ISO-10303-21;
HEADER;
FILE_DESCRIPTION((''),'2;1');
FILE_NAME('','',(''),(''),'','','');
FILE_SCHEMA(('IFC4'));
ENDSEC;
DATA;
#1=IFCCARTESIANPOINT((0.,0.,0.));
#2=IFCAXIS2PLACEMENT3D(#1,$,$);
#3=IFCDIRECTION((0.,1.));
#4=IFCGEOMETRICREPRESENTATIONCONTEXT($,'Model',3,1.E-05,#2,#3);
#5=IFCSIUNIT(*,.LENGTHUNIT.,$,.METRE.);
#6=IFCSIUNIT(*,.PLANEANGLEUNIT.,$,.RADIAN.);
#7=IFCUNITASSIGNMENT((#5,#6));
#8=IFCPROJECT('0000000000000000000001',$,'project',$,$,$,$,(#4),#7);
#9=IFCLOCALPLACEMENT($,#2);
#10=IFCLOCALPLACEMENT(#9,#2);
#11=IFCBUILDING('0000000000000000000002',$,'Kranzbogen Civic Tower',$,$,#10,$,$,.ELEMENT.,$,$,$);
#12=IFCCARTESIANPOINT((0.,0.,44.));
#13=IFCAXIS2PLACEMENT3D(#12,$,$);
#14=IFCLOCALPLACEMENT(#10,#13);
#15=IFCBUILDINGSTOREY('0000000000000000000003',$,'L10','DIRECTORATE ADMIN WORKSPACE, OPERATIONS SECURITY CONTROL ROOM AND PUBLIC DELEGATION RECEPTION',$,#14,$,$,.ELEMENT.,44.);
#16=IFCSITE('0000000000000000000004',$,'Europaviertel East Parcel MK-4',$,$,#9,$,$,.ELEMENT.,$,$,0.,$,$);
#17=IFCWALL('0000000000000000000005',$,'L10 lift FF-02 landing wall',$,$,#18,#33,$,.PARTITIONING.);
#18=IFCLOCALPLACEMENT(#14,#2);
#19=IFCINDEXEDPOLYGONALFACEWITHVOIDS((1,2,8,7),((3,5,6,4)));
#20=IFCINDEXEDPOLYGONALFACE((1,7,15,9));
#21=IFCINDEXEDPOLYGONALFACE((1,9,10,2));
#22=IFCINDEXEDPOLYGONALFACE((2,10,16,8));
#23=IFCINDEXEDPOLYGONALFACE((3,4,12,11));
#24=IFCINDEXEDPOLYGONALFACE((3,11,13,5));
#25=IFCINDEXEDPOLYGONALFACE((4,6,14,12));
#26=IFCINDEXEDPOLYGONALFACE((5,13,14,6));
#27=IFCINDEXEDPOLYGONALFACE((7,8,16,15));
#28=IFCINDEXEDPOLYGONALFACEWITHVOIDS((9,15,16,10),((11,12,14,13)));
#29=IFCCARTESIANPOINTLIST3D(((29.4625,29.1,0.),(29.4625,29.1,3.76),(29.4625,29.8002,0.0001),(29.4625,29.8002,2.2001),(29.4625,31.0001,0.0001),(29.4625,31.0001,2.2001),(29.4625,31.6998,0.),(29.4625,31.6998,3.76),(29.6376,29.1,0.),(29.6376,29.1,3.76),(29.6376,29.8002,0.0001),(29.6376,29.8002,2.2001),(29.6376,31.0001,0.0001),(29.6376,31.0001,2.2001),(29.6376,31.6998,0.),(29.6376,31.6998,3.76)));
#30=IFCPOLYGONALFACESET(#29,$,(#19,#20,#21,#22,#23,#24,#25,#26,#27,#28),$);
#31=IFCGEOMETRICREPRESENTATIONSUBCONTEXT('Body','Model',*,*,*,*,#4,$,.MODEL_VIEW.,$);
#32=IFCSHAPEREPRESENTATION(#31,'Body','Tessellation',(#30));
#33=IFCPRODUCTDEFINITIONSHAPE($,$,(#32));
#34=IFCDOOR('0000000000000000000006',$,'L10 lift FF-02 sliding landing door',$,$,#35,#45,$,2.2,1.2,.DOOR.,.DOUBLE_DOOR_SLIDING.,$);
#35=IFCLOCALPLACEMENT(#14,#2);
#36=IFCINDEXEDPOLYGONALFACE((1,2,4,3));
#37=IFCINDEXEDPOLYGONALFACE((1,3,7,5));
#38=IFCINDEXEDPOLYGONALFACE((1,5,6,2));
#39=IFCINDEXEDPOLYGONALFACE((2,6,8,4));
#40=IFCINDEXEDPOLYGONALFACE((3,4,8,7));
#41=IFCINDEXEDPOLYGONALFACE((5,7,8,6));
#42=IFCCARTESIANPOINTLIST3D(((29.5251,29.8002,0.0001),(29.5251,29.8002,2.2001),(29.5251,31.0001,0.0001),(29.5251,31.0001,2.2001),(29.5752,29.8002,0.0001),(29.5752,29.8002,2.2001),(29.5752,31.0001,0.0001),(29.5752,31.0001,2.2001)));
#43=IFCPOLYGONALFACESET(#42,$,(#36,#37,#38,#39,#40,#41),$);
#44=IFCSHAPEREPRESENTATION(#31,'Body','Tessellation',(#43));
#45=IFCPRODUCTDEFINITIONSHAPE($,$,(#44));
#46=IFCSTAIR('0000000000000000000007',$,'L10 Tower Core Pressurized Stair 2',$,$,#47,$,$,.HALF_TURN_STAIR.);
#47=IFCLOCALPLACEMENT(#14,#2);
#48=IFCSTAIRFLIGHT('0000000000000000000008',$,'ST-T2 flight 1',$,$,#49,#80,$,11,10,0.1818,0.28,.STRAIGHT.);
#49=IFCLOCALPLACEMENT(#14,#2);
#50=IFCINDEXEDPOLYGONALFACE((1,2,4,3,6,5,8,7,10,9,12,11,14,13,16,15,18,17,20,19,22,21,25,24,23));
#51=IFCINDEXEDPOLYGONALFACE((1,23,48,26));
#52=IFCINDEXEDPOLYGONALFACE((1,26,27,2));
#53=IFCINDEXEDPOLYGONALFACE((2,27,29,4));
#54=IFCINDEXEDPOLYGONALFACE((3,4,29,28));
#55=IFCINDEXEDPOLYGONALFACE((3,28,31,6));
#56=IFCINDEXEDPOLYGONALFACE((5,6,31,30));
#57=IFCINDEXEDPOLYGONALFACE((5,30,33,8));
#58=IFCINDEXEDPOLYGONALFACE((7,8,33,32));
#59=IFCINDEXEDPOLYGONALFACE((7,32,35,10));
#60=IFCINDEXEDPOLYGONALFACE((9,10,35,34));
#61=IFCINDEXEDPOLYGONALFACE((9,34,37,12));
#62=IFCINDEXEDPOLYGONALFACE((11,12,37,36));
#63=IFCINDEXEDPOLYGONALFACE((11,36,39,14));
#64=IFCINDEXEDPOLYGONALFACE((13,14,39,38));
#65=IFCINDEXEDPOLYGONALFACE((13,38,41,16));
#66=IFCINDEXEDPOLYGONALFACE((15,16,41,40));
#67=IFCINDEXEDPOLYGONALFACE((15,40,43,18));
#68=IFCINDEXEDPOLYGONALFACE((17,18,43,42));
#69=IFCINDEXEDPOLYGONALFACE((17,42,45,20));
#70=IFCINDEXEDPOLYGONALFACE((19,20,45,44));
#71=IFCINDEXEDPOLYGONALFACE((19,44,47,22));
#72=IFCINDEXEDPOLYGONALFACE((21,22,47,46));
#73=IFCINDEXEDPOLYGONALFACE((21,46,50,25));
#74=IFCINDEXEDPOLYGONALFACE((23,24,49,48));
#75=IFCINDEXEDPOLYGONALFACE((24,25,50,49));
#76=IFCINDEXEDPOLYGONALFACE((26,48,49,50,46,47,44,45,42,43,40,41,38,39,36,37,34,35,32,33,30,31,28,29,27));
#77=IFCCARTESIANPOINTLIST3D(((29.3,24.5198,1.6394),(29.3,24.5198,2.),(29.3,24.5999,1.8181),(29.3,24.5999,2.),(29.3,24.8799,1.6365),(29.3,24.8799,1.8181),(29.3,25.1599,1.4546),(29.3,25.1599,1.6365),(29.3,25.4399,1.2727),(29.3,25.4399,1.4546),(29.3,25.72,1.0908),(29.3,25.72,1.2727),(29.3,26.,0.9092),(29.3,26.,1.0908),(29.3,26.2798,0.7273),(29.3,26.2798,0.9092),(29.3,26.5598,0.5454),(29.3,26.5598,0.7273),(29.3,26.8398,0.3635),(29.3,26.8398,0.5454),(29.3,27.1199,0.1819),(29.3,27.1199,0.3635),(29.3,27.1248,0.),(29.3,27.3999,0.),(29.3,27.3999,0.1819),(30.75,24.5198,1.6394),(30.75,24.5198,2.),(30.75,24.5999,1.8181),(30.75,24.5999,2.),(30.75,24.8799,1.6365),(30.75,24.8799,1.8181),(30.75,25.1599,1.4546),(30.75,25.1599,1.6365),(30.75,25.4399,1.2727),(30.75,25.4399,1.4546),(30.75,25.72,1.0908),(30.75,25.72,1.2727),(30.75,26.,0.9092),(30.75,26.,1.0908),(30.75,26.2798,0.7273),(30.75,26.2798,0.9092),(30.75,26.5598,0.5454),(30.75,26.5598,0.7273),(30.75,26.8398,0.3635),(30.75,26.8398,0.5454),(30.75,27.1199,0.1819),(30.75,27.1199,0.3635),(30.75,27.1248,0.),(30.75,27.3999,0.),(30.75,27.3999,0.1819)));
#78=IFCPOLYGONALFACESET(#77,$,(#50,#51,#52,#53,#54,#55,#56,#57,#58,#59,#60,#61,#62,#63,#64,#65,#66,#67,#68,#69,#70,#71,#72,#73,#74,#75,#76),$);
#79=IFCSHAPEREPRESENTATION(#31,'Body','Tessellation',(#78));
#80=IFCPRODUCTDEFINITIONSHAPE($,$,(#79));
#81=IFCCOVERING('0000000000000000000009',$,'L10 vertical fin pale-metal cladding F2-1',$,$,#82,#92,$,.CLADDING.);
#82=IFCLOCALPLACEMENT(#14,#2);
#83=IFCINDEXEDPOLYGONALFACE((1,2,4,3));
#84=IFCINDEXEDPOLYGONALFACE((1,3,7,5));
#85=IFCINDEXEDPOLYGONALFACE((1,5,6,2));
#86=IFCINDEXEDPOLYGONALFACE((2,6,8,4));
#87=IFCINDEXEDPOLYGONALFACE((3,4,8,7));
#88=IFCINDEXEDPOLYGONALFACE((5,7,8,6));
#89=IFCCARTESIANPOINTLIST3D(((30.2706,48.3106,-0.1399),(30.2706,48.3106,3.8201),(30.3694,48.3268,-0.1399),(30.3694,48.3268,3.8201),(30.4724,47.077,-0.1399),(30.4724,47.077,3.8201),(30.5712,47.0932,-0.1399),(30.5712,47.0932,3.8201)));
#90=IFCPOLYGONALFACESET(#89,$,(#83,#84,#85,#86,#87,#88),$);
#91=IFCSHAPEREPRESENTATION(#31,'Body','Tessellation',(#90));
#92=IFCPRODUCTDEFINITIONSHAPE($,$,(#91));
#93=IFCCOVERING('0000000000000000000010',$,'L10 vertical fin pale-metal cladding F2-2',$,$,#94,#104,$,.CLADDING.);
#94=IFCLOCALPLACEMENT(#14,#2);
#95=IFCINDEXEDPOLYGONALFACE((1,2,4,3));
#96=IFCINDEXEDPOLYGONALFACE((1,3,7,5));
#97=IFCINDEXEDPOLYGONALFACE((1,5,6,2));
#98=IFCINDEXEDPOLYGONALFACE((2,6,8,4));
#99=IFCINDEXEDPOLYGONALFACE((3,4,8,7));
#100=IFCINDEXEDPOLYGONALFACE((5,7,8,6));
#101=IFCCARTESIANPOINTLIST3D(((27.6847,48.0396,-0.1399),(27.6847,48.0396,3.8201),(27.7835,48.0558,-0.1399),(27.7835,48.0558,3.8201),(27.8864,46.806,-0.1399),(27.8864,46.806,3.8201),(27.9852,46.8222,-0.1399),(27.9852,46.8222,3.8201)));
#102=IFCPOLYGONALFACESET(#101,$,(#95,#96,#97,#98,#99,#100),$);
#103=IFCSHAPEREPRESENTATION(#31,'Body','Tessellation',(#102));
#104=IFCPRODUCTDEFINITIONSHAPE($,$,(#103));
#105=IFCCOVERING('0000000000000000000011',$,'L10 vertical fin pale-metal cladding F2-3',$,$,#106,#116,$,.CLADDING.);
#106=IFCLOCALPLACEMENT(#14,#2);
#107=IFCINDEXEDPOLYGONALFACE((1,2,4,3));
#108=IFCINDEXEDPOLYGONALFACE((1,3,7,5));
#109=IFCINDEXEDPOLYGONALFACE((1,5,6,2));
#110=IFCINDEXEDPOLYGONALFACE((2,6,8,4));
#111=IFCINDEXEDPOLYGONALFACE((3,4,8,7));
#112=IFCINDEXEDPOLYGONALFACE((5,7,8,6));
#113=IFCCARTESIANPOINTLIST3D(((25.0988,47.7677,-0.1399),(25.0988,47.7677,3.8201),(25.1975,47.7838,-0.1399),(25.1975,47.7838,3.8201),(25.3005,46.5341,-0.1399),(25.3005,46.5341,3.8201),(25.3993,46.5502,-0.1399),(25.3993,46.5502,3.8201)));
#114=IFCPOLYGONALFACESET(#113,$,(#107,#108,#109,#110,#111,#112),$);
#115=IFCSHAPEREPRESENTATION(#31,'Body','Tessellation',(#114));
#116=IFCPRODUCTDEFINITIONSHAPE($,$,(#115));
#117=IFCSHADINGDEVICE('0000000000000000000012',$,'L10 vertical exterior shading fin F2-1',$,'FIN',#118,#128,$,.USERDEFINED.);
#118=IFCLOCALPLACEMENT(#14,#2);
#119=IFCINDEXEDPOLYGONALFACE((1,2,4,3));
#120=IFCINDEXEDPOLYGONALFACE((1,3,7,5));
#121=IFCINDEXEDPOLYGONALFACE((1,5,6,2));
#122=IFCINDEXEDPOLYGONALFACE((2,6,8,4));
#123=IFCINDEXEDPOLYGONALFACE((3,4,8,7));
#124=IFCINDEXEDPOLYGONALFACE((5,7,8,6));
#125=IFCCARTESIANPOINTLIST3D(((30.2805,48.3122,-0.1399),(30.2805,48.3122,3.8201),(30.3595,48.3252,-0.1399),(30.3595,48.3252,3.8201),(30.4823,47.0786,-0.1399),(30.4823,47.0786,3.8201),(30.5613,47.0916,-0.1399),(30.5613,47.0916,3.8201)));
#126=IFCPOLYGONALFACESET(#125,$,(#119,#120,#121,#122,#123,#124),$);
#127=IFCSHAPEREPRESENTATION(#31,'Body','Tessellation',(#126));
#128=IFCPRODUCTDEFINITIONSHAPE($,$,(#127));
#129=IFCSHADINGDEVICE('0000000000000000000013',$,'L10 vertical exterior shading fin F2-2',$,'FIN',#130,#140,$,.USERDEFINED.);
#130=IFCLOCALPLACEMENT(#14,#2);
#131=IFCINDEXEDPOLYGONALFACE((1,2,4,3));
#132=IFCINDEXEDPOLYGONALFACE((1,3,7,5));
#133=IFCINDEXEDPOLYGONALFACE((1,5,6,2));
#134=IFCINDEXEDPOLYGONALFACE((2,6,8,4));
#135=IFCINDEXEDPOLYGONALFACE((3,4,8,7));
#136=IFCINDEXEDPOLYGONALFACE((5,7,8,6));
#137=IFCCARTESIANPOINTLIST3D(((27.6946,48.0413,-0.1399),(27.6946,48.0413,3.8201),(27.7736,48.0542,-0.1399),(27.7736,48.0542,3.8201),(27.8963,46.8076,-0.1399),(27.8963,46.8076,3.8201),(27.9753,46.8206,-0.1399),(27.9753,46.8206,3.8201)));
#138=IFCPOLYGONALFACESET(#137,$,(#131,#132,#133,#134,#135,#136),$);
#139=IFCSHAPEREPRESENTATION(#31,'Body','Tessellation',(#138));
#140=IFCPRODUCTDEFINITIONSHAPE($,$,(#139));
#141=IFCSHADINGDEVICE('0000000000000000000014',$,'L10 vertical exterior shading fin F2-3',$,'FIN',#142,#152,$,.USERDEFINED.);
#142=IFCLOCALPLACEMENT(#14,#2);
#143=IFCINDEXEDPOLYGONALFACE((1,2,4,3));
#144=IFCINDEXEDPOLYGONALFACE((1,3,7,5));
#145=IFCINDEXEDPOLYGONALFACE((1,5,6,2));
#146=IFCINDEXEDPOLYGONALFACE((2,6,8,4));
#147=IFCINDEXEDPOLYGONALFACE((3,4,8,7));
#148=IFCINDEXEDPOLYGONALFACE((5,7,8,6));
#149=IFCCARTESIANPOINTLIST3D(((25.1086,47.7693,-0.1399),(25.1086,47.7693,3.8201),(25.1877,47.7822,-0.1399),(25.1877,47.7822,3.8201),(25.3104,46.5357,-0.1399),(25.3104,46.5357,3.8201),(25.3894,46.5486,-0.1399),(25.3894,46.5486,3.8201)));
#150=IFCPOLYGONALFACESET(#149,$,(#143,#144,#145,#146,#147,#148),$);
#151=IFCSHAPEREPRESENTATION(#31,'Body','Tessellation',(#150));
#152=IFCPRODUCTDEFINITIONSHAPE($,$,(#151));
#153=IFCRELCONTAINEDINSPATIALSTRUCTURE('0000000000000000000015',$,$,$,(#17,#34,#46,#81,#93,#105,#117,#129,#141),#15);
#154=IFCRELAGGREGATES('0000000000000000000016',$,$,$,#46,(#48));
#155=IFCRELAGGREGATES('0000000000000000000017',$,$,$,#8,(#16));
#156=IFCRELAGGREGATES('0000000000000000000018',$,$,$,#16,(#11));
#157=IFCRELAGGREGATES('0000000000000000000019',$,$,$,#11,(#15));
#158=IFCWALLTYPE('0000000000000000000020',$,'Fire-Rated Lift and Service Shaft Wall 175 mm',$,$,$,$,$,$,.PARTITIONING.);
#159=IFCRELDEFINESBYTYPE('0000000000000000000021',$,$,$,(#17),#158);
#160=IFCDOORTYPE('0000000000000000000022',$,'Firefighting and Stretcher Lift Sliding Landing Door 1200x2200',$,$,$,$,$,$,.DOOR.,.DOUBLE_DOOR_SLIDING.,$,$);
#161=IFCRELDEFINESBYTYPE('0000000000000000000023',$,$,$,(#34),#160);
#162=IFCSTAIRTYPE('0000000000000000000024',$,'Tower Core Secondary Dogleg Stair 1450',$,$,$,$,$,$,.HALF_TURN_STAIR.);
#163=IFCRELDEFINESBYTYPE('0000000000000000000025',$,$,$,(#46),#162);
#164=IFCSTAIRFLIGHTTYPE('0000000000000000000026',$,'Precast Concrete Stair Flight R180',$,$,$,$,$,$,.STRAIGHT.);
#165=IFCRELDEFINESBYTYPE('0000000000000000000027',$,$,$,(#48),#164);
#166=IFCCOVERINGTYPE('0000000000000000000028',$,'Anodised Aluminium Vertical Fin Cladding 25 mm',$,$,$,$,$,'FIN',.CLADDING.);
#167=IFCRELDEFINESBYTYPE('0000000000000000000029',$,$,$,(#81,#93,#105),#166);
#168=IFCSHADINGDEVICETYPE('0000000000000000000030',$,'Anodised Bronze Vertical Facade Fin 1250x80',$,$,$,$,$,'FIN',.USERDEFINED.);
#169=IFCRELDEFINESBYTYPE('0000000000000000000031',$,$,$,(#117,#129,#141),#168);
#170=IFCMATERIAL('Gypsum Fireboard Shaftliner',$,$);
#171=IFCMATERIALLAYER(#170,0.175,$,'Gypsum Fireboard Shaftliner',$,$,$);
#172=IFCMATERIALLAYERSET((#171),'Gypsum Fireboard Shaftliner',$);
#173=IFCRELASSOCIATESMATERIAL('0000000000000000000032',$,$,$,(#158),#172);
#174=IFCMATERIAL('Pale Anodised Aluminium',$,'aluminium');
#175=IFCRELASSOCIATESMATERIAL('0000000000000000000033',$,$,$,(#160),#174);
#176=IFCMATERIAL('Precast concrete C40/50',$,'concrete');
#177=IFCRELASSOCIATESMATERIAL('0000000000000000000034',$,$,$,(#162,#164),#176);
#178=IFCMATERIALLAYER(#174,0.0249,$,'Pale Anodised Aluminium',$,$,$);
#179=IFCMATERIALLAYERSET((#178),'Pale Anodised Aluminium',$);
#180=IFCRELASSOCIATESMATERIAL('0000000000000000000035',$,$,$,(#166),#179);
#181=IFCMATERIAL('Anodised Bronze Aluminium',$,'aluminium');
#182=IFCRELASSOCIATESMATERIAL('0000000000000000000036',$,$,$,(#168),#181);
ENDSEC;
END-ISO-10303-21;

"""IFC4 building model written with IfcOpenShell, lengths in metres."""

from ifc_helpers import new_model, si_unit, direction, frame, frame_2d, origin, origin_2d, place, context, subcontext, project, spatial, polyline, rectangle, outline, extrude, material, layer, layer_set, type_object, element, fill, aggregate, save


model = new_model("IFC4")

# Units and contexts
model_context = context("Model", 3, precision=1e-05, world=origin(), true_north=direction((0.0, 1.0)))
body_context = subcontext(model_context, "Body", "Model", "MODEL_VIEW")
ifc_project = project(units=[si_unit("LENGTHUNIT", "METRE"), si_unit("PLANEANGLEUNIT", "RADIAN")], contexts=[model_context])

# Site, building, storey
site_placement = place(None, origin())
site = spatial("IfcSite", under=ifc_project, at=site_placement, Name="Europaviertel East Parcel MK-4", CompositionType="ELEMENT", RefElevation=0.0)
building_placement = place(site_placement, origin())
building = spatial("IfcBuilding", under=site, at=building_placement, Name="Kranzbogen Civic Tower", CompositionType="ELEMENT")
storey_placement = place(building_placement, frame((0.0, 0.0, 44.0)))
storey = spatial("IfcBuildingStorey", under=building, at=storey_placement, Name="L10", Description="DIRECTORATE ADMIN WORKSPACE, OPERATIONS SECURITY CONTROL ROOM AND PUBLIC DELEGATION RECEPTION", CompositionType="ELEMENT", Elevation=44.0)

# Shared definitions
ifc_material_1 = material(Name="Pale Anodised Aluminium", Category="aluminium")

# Shared definitions
ifc_material_2 = material(Name="Gypsum Fireboard Shaftliner")
ifc_layer_1 = layer(ifc_material_2, 0.175, Name="Gypsum Fireboard Shaftliner")
ifc_layer_set_1 = layer_set([ifc_layer_1], Name="Gypsum Fireboard Shaftliner")
wall_type_1 = type_object("IfcWallType", Name="Fire-Rated Lift and Service Shaft Wall 175 mm", PredefinedType="PARTITIONING", material=ifc_layer_set_1)

# Wall, opening, door
wall_1_placement = place(storey_placement, frame((29.55, 29.1001, 0.0), z_axis=(0.0, 0.0, 1.0), x_axis=(0.0, 1.0, 0.0)))
wall_1 = element("IfcWall", 1, at=wall_1_placement, inside=storey, type_object=wall_type_1, Name="L10 lift FF-02 landing wall", PredefinedType="PARTITIONING", context=body_context, shape_type="SweptSolid", body=[
    extrude(rectangle(XDim=2.5999, YDim=0.175, at=frame_2d((1.2998, 0.0))), origin(), (0.0, 0.0, 1.0), 3.76),
])
opening_1_placement = place(wall_1_placement, frame((0.7, 0.0, 0.0)))
opening_1 = element("IfcOpeningElement", 2, at=opening_1_placement, cuts=wall_1, PredefinedType="OPENING", context=body_context, shape_type="SweptSolid", body=[
    extrude(rectangle(XDim=1.2, YDim=2.2, at=frame_2d((0.6001, 1.1001))), frame((0.0, 0.0977, 0.0), z_axis=(0.0, -1.0, 0.0), x_axis=(1.0, 0.0, 0.0)), (0.0, 0.0, 1.0), 0.1951),
])
door_type_1 = type_object("IfcDoorType", Name="Firefighting and Stretcher Lift Sliding Landing Door 1200x2200", OperationType="DOUBLE_DOOR_SLIDING", PredefinedType="DOOR", material=ifc_material_1)
door_1_placement = place(opening_1_placement, origin())
door_1 = element("IfcDoor", 3, at=door_1_placement, inside=storey, type_object=door_type_1, Name="L10 lift FF-02 sliding landing door", OperationType="DOUBLE_DOOR_SLIDING", OverallHeight=2.2, OverallWidth=1.2, PredefinedType="DOOR", context=body_context, shape_type="SweptSolid", body=[
    extrude(rectangle(XDim=1.2, YDim=2.2, at=frame_2d((0.6001, 1.1001))), frame((0.0, 0.0249, 0.0), z_axis=(0.0, -1.0, 0.0), x_axis=(1.0, 0.0, 0.0)), (0.0, 0.0, 1.0), 0.05),
])
fill(opening_1, door_1)

# Stair, stair flight
ifc_material_3 = material(Name="Precast concrete C40/50", Category="concrete")
stair_type = type_object("IfcStairType", Name="Tower Core Secondary Dogleg Stair 1450", PredefinedType="HALF_TURN_STAIR", material=ifc_material_3)
stair_placement = place(storey_placement, origin())
stair = element("IfcStair", 4, at=stair_placement, inside=storey, type_object=stair_type, Name="L10 Tower Core Pressurized Stair 2", PredefinedType="HALF_TURN_STAIR")
stair_flight_type = type_object("IfcStairFlightType", Name="Precast Concrete Stair Flight R180", PredefinedType="STRAIGHT", material=ifc_material_3)
stair_flight_placement = place(storey_placement, frame((30.0249, 27.3999, 0.0), z_axis=(0.0, 0.0, 1.0), x_axis=(0.0, -1.0, 0.0)))
stair_flight = element("IfcStairFlight", 5, at=stair_flight_placement, type_object=stair_flight_type, Name="ST-T2 flight 1", NumberOfRisers=11, NumberOfTreads=10, PredefinedType="STRAIGHT", RiserHeight=0.1818, TreadLength=0.28, context=body_context, shape_type="SweptSolid", body=[
    extrude(outline(polyline([(0.0, 0.0), (0.0, 0.1819), (0.28, 0.1819), (0.28, 0.3635), (0.5601, 0.3635), (0.5601, 0.5454), (0.8401, 0.5454), (0.8401, 0.7273), (1.1201, 0.7273), (1.1201, 0.9092), (1.3999, 0.9092), (1.3999, 1.0908), (1.6799, 1.0908), (1.6799, 1.2727), (1.96, 1.2727), (1.96, 1.4546), (2.24, 1.4546), (2.24, 1.6365), (2.52, 1.6365), (2.52, 1.8181), (2.8, 1.8181), (2.8, 2.0), (2.8801, 2.0), (2.8801, 1.6394), (0.2751, 0.0), (0.0, 0.0)])), frame((0.0, 0.7251, 0.0), z_axis=(0.0, -1.0, 0.0), x_axis=(1.0, 0.0, 0.0)), (0.0, 0.0, 1.0), 1.45),
])
aggregate(stair, [stair_flight])

# Coverings
ifc_layer_2 = layer(ifc_material_1, 0.0249, Name="Pale Anodised Aluminium")
ifc_layer_set_2 = layer_set([ifc_layer_2], Name="Pale Anodised Aluminium")
covering_type = type_object("IfcCoveringType", Name="Anodised Aluminium Vertical Fin Cladding 25 mm", ElementType="FIN", PredefinedType="CLADDING", material=ifc_layer_set_2)
for number, where, z_axis, x_axis, name in (
    (6, (30.4209, 47.7019, -0.1399), (0.0, 0.0, 1.0), (-0.161397, 0.98689, 0.0), "L10 vertical fin pale-metal cladding F2-1"),
    (7, (27.835, 47.4309, -0.1399), (0.0, 0.0, 1.0), (-0.161397, 0.98689, 0.0), "L10 vertical fin pale-metal cladding F2-2"),
    (8, (25.249, 47.1589, -0.1399), (0.0, 0.0, 1.0), (-0.161397, 0.98689, 0.0), "L10 vertical fin pale-metal cladding F2-3"),
):
    element("IfcCovering", number, at=place(storey_placement, frame(where, z_axis=z_axis, x_axis=x_axis)), inside=storey, type_object=covering_type, Name=name, PredefinedType="CLADDING", context=body_context, shape_type="SweptSolid", body=[
        extrude(rectangle(XDim=1.25, YDim=0.1001, at=origin_2d()), origin(), (0.0, 0.0, 1.0), 3.96),
    ])

# Shading devices
ifc_material_4 = material(Name="Anodised Bronze Aluminium", Category="aluminium")
shading_device_type = type_object("IfcShadingDeviceType", Name="Anodised Bronze Vertical Facade Fin 1250x80", ElementType="FIN", PredefinedType="USERDEFINED", material=ifc_material_4)
for number, where, z_axis, x_axis, name in (
    (9, (30.4209, 47.7019, -0.1399), (0.0, 0.0, 1.0), (-0.161397, 0.98689, 0.0), "L10 vertical exterior shading fin F2-1"),
    (10, (27.835, 47.4309, -0.1399), (0.0, 0.0, 1.0), (-0.161397, 0.98689, 0.0), "L10 vertical exterior shading fin F2-2"),
    (11, (25.249, 47.1589, -0.1399), (0.0, 0.0, 1.0), (-0.161397, 0.98689, 0.0), "L10 vertical exterior shading fin F2-3"),
):
    element("IfcShadingDevice", number, at=place(storey_placement, frame(where, z_axis=z_axis, x_axis=x_axis)), inside=storey, type_object=shading_device_type, Name=name, ObjectType="FIN", PredefinedType="USERDEFINED", context=body_context, shape_type="SweptSolid", body=[
        extrude(rectangle(XDim=1.25, YDim=0.0801, at=origin_2d()), origin(), (0.0, 0.0, 1.0), 3.96),
    ])

save(model, "model.ifc")
